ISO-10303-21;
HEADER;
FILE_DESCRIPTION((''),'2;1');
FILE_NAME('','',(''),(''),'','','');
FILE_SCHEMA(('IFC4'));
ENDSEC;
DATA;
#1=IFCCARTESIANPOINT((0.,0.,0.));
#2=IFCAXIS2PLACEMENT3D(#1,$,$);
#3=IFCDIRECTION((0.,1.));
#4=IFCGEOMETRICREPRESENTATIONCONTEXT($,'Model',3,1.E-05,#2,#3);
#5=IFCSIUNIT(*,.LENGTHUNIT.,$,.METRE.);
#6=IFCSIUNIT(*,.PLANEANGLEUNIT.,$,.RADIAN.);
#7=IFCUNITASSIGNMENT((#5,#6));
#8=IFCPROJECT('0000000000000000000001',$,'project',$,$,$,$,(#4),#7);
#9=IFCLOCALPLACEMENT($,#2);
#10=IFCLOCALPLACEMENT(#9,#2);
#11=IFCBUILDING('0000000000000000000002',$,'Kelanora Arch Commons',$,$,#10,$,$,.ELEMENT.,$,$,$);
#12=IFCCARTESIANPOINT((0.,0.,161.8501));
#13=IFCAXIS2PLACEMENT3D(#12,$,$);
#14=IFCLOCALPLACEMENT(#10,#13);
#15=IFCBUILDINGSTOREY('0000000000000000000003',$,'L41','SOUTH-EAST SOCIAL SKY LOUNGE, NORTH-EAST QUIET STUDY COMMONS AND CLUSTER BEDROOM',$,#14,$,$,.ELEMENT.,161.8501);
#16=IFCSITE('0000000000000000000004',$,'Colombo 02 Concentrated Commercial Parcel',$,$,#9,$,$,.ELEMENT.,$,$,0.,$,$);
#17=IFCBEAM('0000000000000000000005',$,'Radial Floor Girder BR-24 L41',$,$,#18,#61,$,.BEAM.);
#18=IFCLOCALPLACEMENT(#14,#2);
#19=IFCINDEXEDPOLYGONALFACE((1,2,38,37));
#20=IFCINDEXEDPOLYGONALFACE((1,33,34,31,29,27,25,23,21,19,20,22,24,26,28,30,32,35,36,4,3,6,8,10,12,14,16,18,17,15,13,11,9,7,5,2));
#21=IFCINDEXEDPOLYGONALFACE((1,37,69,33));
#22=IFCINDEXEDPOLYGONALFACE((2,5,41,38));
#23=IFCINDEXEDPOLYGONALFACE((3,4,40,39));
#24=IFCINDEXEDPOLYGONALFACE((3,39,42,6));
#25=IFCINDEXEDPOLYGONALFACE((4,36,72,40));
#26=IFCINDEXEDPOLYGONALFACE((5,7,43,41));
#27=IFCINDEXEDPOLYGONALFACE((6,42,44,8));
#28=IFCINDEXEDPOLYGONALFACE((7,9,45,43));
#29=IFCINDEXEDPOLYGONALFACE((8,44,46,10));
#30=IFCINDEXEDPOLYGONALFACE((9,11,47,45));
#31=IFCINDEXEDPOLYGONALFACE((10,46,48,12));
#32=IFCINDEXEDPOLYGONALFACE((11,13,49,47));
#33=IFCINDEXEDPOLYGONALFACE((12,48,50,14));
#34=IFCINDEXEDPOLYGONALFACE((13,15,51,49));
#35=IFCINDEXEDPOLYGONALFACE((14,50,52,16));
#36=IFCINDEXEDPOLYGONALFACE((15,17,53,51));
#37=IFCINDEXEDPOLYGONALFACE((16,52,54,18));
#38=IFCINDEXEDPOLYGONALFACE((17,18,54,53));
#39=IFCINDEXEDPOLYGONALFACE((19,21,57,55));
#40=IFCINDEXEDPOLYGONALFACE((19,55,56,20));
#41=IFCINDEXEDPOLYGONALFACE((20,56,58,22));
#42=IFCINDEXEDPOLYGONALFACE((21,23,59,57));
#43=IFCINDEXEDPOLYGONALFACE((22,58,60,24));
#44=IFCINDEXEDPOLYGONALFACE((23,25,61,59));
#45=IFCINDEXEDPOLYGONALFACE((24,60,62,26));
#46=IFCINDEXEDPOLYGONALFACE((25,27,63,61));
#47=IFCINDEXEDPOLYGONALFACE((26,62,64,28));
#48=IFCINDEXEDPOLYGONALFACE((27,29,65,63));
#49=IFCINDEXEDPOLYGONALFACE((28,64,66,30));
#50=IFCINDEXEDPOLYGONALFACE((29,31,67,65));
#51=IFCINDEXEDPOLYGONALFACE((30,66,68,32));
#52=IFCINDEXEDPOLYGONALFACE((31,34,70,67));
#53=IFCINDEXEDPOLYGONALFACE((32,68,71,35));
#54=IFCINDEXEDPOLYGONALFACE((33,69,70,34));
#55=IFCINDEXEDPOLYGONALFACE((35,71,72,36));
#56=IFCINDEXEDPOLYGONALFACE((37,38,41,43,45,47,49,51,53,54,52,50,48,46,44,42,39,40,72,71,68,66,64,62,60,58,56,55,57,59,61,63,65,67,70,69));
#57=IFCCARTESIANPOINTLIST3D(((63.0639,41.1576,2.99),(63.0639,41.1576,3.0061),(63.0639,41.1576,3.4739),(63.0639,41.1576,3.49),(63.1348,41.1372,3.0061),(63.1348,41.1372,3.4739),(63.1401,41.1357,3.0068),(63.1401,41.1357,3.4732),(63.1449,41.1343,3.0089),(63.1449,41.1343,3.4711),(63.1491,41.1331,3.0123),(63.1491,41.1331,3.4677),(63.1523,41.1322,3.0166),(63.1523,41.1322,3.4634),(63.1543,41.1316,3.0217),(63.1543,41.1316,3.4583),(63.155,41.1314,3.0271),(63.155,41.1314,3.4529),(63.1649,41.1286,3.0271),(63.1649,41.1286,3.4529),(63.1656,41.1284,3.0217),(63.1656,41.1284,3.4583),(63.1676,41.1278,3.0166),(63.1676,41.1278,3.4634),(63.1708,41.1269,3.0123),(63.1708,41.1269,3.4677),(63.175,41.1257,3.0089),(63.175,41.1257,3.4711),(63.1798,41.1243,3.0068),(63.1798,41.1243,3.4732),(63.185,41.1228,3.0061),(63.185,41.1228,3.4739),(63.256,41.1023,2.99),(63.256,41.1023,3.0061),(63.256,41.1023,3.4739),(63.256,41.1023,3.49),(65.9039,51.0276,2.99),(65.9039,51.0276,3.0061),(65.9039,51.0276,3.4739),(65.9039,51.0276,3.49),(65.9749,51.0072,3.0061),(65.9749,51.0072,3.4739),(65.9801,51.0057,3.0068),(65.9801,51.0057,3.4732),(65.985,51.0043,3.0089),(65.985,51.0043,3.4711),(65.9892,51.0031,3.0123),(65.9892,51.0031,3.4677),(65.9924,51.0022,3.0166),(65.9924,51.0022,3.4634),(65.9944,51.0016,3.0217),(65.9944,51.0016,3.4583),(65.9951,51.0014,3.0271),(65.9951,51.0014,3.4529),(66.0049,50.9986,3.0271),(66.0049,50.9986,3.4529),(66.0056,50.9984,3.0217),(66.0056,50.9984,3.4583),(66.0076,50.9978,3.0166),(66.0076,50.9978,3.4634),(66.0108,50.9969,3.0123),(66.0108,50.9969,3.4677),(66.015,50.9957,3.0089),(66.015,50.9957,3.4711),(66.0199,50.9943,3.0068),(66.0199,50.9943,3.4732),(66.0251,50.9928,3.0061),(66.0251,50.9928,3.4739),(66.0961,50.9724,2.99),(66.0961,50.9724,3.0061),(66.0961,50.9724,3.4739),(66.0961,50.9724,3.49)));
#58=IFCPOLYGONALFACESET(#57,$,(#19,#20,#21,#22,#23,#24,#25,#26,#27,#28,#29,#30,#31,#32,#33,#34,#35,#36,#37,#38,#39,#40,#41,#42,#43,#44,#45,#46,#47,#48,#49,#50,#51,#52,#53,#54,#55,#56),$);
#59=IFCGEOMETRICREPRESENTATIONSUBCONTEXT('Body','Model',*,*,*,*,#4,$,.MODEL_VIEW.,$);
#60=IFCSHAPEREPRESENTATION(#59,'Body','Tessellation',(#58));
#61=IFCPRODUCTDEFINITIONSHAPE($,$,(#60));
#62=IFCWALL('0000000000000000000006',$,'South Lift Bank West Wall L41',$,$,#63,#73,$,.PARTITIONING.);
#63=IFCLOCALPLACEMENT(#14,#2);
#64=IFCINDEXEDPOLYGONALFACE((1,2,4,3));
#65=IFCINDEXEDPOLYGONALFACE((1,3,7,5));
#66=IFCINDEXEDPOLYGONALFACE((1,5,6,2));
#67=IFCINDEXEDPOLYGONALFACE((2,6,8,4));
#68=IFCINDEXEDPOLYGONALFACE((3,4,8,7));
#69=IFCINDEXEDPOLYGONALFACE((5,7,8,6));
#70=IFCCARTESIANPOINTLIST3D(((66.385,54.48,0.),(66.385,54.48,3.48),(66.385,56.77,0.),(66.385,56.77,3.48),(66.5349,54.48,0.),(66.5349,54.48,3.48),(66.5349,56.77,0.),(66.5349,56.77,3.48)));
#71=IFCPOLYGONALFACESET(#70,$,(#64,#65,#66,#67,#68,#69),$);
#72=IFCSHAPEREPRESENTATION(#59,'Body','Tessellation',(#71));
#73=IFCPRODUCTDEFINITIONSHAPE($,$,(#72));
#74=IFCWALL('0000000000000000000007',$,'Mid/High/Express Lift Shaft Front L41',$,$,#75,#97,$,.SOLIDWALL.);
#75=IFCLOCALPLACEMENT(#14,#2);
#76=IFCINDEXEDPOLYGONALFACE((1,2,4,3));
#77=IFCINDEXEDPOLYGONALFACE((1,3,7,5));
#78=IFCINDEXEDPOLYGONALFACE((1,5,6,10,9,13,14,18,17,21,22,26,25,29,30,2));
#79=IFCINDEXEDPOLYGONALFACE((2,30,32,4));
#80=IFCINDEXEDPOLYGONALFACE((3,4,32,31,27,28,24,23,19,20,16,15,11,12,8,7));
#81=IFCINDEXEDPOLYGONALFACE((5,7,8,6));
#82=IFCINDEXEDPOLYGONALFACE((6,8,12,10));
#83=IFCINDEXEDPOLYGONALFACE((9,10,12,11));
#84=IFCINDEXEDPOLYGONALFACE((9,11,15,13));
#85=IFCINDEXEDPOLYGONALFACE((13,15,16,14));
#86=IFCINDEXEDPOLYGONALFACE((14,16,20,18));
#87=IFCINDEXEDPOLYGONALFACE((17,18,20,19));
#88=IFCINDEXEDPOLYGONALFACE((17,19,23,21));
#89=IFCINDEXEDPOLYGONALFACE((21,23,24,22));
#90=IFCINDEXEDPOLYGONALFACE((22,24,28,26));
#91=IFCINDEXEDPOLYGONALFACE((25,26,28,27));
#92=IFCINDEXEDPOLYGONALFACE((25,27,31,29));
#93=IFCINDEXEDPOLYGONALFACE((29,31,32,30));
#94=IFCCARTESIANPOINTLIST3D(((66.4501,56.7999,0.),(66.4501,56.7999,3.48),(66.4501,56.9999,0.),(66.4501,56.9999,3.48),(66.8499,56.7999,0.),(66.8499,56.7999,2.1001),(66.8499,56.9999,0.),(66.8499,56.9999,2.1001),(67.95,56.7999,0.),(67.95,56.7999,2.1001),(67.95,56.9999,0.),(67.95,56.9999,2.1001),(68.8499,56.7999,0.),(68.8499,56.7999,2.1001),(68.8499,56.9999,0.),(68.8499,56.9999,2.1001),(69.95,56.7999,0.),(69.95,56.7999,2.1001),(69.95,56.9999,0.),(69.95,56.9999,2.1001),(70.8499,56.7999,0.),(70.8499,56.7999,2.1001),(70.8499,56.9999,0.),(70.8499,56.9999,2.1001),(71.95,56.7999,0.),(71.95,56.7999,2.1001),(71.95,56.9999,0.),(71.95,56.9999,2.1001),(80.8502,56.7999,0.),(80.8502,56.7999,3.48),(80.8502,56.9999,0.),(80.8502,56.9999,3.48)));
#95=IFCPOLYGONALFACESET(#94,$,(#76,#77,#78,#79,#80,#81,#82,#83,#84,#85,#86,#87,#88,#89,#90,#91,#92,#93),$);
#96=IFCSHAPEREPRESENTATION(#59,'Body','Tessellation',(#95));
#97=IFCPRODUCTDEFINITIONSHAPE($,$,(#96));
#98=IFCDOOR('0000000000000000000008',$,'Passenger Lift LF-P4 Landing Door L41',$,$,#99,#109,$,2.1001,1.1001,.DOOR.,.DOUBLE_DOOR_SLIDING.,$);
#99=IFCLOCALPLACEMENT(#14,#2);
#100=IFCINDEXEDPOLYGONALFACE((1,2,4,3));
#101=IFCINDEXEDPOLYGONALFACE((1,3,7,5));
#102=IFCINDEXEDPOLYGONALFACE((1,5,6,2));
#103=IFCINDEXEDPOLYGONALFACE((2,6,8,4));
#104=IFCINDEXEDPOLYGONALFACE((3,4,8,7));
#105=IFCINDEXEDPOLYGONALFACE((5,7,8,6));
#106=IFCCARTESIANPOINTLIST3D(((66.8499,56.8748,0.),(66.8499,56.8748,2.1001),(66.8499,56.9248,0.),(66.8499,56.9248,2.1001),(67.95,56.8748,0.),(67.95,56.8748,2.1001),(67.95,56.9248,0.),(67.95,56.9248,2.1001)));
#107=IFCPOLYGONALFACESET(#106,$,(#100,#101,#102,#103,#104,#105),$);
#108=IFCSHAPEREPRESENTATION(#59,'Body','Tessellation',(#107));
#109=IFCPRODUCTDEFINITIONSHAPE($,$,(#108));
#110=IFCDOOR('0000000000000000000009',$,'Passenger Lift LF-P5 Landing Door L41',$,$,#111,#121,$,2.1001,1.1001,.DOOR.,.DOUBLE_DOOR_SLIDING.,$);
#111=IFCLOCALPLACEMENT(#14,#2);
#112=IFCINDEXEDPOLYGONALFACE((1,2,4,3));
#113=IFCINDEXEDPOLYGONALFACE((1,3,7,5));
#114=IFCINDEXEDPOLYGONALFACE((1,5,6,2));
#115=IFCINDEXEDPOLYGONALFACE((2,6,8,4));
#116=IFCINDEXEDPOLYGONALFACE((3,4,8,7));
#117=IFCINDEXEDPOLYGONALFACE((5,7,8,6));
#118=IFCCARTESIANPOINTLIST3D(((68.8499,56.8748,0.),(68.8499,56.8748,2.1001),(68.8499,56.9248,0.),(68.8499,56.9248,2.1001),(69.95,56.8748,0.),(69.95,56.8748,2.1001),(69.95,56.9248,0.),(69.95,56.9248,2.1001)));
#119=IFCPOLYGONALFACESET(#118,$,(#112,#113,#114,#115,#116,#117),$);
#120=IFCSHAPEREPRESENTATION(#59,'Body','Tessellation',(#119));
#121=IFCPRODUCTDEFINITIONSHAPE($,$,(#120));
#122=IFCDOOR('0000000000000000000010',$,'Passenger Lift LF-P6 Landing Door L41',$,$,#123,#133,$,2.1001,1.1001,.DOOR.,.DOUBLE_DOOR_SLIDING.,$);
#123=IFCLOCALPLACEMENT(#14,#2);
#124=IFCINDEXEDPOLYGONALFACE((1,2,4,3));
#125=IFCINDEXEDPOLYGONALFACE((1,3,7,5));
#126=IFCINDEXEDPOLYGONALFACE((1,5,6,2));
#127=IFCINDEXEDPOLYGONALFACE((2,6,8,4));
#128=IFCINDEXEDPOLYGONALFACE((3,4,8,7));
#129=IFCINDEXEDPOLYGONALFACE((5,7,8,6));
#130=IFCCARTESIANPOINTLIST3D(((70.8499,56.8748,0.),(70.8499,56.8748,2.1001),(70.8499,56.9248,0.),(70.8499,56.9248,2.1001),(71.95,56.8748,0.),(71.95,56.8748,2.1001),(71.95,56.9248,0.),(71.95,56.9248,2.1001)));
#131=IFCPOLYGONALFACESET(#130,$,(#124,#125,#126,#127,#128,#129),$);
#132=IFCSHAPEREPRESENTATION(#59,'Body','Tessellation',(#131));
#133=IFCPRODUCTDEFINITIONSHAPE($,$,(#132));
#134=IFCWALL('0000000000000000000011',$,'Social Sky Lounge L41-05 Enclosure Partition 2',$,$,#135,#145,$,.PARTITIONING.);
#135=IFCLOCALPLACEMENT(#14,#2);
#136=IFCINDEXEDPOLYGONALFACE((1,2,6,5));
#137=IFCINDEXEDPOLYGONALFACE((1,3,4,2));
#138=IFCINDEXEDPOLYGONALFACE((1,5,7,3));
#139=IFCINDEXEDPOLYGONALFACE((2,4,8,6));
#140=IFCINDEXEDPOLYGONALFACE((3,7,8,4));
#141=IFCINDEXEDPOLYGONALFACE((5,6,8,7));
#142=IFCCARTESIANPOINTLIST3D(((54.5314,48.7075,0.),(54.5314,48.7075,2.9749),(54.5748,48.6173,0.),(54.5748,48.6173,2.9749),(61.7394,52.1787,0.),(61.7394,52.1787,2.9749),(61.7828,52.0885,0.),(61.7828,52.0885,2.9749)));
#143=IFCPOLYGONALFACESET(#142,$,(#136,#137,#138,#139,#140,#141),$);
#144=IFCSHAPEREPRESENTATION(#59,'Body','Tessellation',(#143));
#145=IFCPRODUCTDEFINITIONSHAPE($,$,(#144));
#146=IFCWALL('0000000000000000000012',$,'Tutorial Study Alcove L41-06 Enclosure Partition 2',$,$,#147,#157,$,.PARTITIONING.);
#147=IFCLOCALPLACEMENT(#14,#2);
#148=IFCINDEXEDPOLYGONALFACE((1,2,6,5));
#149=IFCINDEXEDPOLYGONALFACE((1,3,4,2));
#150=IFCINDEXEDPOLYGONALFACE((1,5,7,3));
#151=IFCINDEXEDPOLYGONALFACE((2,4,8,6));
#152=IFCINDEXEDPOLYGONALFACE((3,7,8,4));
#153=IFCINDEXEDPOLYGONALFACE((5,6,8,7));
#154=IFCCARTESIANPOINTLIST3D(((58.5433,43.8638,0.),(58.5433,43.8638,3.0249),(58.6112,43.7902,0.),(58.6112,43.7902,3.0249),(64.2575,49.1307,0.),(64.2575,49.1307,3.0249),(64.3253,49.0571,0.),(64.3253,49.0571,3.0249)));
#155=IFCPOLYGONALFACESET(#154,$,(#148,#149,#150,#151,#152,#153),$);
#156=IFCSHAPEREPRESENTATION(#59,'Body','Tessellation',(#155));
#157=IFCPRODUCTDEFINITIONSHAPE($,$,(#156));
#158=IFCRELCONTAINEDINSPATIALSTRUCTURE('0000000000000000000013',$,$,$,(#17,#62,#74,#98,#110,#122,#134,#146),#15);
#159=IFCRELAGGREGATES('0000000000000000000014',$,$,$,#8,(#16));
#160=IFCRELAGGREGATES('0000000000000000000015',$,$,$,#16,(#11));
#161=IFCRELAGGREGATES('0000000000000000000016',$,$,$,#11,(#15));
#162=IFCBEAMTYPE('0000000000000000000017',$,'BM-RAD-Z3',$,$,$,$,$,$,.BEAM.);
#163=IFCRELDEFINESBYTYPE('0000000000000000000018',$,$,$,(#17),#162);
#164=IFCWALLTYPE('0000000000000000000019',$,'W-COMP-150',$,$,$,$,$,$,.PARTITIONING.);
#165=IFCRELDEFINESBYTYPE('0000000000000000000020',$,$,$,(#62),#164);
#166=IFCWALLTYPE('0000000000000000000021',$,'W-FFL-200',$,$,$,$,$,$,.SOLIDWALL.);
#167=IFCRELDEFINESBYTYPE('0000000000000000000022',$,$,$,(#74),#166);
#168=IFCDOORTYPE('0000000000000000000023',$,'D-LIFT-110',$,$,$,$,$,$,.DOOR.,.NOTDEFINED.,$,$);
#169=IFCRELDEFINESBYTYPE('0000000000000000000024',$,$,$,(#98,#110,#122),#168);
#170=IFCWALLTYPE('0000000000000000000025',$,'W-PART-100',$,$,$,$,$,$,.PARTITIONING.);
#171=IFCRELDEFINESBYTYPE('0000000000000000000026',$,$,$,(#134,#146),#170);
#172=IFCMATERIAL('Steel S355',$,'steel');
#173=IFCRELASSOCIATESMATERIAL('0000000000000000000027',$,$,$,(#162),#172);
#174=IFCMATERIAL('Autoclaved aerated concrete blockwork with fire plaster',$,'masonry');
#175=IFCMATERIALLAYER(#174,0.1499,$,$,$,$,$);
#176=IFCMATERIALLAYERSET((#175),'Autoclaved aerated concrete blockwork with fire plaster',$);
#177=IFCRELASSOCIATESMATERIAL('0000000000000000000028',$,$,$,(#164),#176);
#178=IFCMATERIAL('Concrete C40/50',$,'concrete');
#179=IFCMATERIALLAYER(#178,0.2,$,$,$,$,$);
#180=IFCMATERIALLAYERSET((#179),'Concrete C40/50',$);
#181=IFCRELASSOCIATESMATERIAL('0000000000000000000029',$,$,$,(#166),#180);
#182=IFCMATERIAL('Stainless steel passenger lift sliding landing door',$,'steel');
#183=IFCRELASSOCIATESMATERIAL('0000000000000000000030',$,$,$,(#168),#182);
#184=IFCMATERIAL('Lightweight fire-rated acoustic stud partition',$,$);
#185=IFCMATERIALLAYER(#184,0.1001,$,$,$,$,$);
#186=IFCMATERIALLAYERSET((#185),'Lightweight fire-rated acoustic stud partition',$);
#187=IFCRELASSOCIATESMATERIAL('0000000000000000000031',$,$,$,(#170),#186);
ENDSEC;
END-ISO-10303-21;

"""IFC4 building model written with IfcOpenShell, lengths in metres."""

from ifc_helpers import new_model, si_unit, direction, frame, frame_2d, origin, origin_2d, place, context, subcontext, project, spatial, rectangle, i_section, extrude, material, layer, layer_set, material_profile, profile_set, type_object, element, fill, save


model = new_model("IFC4")

# Units and contexts
model_context = context("Model", 3, precision=1e-05, world=origin(), true_north=direction((0.0, 1.0)))
body_context = subcontext(model_context, "Body", "Model", "MODEL_VIEW")
ifc_project = project(units=[si_unit("LENGTHUNIT", "METRE"), si_unit("PLANEANGLEUNIT", "RADIAN")], contexts=[model_context])

# Site, building, storey
site_placement = place(None, origin())
site = spatial("IfcSite", under=ifc_project, at=site_placement, Name="Colombo 02 Concentrated Commercial Parcel", CompositionType="ELEMENT", RefElevation=0.0)
building_placement = place(site_placement, origin())
building = spatial("IfcBuilding", under=site, at=building_placement, Name="Kelanora Arch Commons", CompositionType="ELEMENT")
storey_placement = place(building_placement, frame((0.0, 0.0, 161.8501)))
storey = spatial("IfcBuildingStorey", under=building, at=storey_placement, Name="L41", Description="SOUTH-EAST SOCIAL SKY LOUNGE, NORTH-EAST QUIET STUDY COMMONS AND CLUSTER BEDROOM", CompositionType="ELEMENT", Elevation=161.8501)

# Beam
ifc_material_1 = material(Name="Steel S355", Category="steel")
ifc_material_profile_1 = material_profile(ifc_material_1, i_section(OverallWidth=0.2, OverallDepth=0.5, WebThickness=0.0103, FlangeThickness=0.0161, FilletRadius=0.021, at=origin_2d()), Name="IPE500")
ifc_profile_set_1 = profile_set([ifc_material_profile_1], Name="Steel S355")
beam_type_1 = type_object("IfcBeamType", Name="BM-RAD-Z3", PredefinedType="BEAM", material=ifc_profile_set_1)
beam_1_placement = place(storey_placement, frame((66.0, 51.0, 3.24), z_axis=(-0.276526, -0.961006, 0.0), x_axis=(0.961006, -0.276526, 0.0)))
element("IfcBeam", 1, at=beam_1_placement, inside=storey, type_object=beam_type_1, Name="Radial Floor Girder BR-24 L41", PredefinedType="BEAM", context=body_context, shape_type="SweptSolid", body=[
    extrude(i_section(OverallWidth=0.2, OverallDepth=0.5, WebThickness=0.0103, FlangeThickness=0.0161, FilletRadius=0.021, at=origin_2d()), origin(), (0.0, 0.0, 1.0), 10.2705),
])

# Wall
ifc_material_2 = material(Name="Autoclaved aerated concrete blockwork with fire plaster", Category="masonry")
ifc_layer_1 = layer(ifc_material_2, 0.1499)
ifc_layer_set_1 = layer_set([ifc_layer_1], Name="Autoclaved aerated concrete blockwork with fire plaster")
wall_type_1 = type_object("IfcWallType", Name="W-COMP-150", PredefinedType="PARTITIONING", material=ifc_layer_set_1)
wall_1_placement = place(storey_placement, frame((66.46, 54.48, 0.0), z_axis=(0.0, 0.0, 1.0), x_axis=(0.0, 1.0, 0.0)))
element("IfcWall", 2, at=wall_1_placement, inside=storey, type_object=wall_type_1, Name="South Lift Bank West Wall L41", PredefinedType="PARTITIONING", context=body_context, shape_type="SweptSolid", body=[
    extrude(rectangle(XDim=2.29, YDim=0.1499, at=frame_2d((1.145, 0.0))), origin(), (0.0, 0.0, 1.0), 3.48),
])

# Wall, openings, doors
ifc_material_3 = material(Name="Concrete C40/50", Category="concrete")
ifc_layer_2 = layer(ifc_material_3, 0.2)
ifc_layer_set_2 = layer_set([ifc_layer_2], Name="Concrete C40/50")
wall_type_2 = type_object("IfcWallType", Name="W-FFL-200", PredefinedType="SOLIDWALL", material=ifc_layer_set_2)
wall_2_placement = place(storey_placement, frame((66.45, 56.8999, 0.0), z_axis=(0.0, 0.0, 1.0), x_axis=(1.0, 0.0, 0.0)))
wall_2 = element("IfcWall", 3, at=wall_2_placement, inside=storey, type_object=wall_type_2, Name="Mid/High/Express Lift Shaft Front L41", PredefinedType="SOLIDWALL", context=body_context, shape_type="SweptSolid", body=[
    extrude(rectangle(XDim=14.4001, YDim=0.2, at=frame_2d((7.2002, 0.0))), origin(), (0.0, 0.0, 1.0), 3.48),
])
opening_1_placement = place(wall_2_placement, frame((0.3999, 0.0, 0.0)))
opening_1 = element("IfcOpeningElement", 4, at=opening_1_placement, cuts=wall_2, PredefinedType="OPENING", context=body_context, shape_type="SweptSolid", body=[
    extrude(rectangle(XDim=1.1001, YDim=2.1001, at=frame_2d((0.55, 1.05))), frame((0.0, 0.1099, 0.0), z_axis=(0.0, -1.0, 0.0), x_axis=(1.0, 0.0, 0.0)), (0.0, 0.0, 1.0), 0.22),
])
opening_2_placement = place(wall_2_placement, frame((2.3999, 0.0, 0.0)))
opening_2 = element("IfcOpeningElement", 5, at=opening_2_placement, cuts=wall_2, PredefinedType="OPENING", context=body_context, shape_type="SweptSolid", body=[
    extrude(rectangle(XDim=1.1001, YDim=2.1001, at=frame_2d((0.55, 1.05))), frame((0.0, 0.1099, 0.0), z_axis=(0.0, -1.0, 0.0), x_axis=(1.0, 0.0, 0.0)), (0.0, 0.0, 1.0), 0.22),
])
opening_3_placement = place(wall_2_placement, frame((4.3999, 0.0, 0.0)))
opening_3 = element("IfcOpeningElement", 6, at=opening_3_placement, cuts=wall_2, PredefinedType="OPENING", context=body_context, shape_type="SweptSolid", body=[
    extrude(rectangle(XDim=1.1001, YDim=2.1001, at=frame_2d((0.55, 1.05))), frame((0.0, 0.1099, 0.0), z_axis=(0.0, -1.0, 0.0), x_axis=(1.0, 0.0, 0.0)), (0.0, 0.0, 1.0), 0.22),
])
ifc_material_4 = material(Name="Stainless steel passenger lift sliding landing door", Category="steel")
door_type_1 = type_object("IfcDoorType", Name="D-LIFT-110", OperationType="NOTDEFINED", PredefinedType="DOOR", material=ifc_material_4)
door_1_placement = place(opening_1_placement, origin())
door_1 = element("IfcDoor", 7, at=door_1_placement, inside=storey, type_object=door_type_1, Name="Passenger Lift LF-P4 Landing Door L41", OperationType="DOUBLE_DOOR_SLIDING", OverallHeight=2.1001, OverallWidth=1.1001, PredefinedType="DOOR", context=body_context, shape_type="SweptSolid", body=[
    extrude(rectangle(XDim=1.1001, YDim=2.1001, at=frame_2d((0.55, 1.05))), frame((0.0, 0.0249, 0.0), z_axis=(0.0, -1.0, 0.0), x_axis=(1.0, 0.0, 0.0)), (0.0, 0.0, 1.0), 0.05),
])
fill(opening_1, door_1)
door_2_placement = place(opening_2_placement, origin())
door_2 = element("IfcDoor", 8, at=door_2_placement, inside=storey, type_object=door_type_1, Name="Passenger Lift LF-P5 Landing Door L41", OperationType="DOUBLE_DOOR_SLIDING", OverallHeight=2.1001, OverallWidth=1.1001, PredefinedType="DOOR", context=body_context, shape_type="SweptSolid", body=[
    extrude(rectangle(XDim=1.1001, YDim=2.1001, at=frame_2d((0.55, 1.05))), frame((0.0, 0.0249, 0.0), z_axis=(0.0, -1.0, 0.0), x_axis=(1.0, 0.0, 0.0)), (0.0, 0.0, 1.0), 0.05),
])
fill(opening_2, door_2)
door_3_placement = place(opening_3_placement, origin())
door_3 = element("IfcDoor", 9, at=door_3_placement, inside=storey, type_object=door_type_1, Name="Passenger Lift LF-P6 Landing Door L41", OperationType="DOUBLE_DOOR_SLIDING", OverallHeight=2.1001, OverallWidth=1.1001, PredefinedType="DOOR", context=body_context, shape_type="SweptSolid", body=[
    extrude(rectangle(XDim=1.1001, YDim=2.1001, at=frame_2d((0.55, 1.05))), frame((0.0, 0.0249, 0.0), z_axis=(0.0, -1.0, 0.0), x_axis=(1.0, 0.0, 0.0)), (0.0, 0.0, 1.0), 0.05),
])
fill(opening_3, door_3)

# Walls
ifc_material_5 = material(Name="Lightweight fire-rated acoustic stud partition")
ifc_layer_3 = layer(ifc_material_5, 0.1001)
ifc_layer_set_3 = layer_set([ifc_layer_3], Name="Lightweight fire-rated acoustic stud partition")
wall_type_3 = type_object("IfcWallType", Name="W-PART-100", PredefinedType="PARTITIONING", material=ifc_layer_set_3)
wall_3_placement = place(storey_placement, frame((61.761, 52.1335, 0.0), z_axis=(0.0, 0.0, 1.0), x_axis=(-0.900969, -0.433884, 0.0)))
element("IfcWall", 10, at=wall_3_placement, inside=storey, type_object=wall_type_3, Name="Social Sky Lounge L41-05 Enclosure Partition 2", PredefinedType="PARTITIONING", context=body_context, shape_type="SweptSolid", body=[
    extrude(rectangle(XDim=8.0002, YDim=0.1001, at=frame_2d((4.0, 0.0))), origin(), (0.0, 0.0, 1.0), 2.9749),
])
wall_4_placement = place(storey_placement, frame((64.2915, 49.094, 0.0), z_axis=(0.0, 0.0, 1.0), x_axis=(-0.735298, -0.677744, 0.0)))
element("IfcWall", 11, at=wall_4_placement, inside=storey, type_object=wall_type_3, Name="Tutorial Study Alcove L41-06 Enclosure Partition 2", PredefinedType="PARTITIONING", context=body_context, shape_type="SweptSolid", body=[
    extrude(rectangle(XDim=7.7712, YDim=0.1001, at=frame_2d((3.8857, 0.0))), origin(), (0.0, 0.0, 1.0), 3.0249),
])

save(model, "model.ifc")
